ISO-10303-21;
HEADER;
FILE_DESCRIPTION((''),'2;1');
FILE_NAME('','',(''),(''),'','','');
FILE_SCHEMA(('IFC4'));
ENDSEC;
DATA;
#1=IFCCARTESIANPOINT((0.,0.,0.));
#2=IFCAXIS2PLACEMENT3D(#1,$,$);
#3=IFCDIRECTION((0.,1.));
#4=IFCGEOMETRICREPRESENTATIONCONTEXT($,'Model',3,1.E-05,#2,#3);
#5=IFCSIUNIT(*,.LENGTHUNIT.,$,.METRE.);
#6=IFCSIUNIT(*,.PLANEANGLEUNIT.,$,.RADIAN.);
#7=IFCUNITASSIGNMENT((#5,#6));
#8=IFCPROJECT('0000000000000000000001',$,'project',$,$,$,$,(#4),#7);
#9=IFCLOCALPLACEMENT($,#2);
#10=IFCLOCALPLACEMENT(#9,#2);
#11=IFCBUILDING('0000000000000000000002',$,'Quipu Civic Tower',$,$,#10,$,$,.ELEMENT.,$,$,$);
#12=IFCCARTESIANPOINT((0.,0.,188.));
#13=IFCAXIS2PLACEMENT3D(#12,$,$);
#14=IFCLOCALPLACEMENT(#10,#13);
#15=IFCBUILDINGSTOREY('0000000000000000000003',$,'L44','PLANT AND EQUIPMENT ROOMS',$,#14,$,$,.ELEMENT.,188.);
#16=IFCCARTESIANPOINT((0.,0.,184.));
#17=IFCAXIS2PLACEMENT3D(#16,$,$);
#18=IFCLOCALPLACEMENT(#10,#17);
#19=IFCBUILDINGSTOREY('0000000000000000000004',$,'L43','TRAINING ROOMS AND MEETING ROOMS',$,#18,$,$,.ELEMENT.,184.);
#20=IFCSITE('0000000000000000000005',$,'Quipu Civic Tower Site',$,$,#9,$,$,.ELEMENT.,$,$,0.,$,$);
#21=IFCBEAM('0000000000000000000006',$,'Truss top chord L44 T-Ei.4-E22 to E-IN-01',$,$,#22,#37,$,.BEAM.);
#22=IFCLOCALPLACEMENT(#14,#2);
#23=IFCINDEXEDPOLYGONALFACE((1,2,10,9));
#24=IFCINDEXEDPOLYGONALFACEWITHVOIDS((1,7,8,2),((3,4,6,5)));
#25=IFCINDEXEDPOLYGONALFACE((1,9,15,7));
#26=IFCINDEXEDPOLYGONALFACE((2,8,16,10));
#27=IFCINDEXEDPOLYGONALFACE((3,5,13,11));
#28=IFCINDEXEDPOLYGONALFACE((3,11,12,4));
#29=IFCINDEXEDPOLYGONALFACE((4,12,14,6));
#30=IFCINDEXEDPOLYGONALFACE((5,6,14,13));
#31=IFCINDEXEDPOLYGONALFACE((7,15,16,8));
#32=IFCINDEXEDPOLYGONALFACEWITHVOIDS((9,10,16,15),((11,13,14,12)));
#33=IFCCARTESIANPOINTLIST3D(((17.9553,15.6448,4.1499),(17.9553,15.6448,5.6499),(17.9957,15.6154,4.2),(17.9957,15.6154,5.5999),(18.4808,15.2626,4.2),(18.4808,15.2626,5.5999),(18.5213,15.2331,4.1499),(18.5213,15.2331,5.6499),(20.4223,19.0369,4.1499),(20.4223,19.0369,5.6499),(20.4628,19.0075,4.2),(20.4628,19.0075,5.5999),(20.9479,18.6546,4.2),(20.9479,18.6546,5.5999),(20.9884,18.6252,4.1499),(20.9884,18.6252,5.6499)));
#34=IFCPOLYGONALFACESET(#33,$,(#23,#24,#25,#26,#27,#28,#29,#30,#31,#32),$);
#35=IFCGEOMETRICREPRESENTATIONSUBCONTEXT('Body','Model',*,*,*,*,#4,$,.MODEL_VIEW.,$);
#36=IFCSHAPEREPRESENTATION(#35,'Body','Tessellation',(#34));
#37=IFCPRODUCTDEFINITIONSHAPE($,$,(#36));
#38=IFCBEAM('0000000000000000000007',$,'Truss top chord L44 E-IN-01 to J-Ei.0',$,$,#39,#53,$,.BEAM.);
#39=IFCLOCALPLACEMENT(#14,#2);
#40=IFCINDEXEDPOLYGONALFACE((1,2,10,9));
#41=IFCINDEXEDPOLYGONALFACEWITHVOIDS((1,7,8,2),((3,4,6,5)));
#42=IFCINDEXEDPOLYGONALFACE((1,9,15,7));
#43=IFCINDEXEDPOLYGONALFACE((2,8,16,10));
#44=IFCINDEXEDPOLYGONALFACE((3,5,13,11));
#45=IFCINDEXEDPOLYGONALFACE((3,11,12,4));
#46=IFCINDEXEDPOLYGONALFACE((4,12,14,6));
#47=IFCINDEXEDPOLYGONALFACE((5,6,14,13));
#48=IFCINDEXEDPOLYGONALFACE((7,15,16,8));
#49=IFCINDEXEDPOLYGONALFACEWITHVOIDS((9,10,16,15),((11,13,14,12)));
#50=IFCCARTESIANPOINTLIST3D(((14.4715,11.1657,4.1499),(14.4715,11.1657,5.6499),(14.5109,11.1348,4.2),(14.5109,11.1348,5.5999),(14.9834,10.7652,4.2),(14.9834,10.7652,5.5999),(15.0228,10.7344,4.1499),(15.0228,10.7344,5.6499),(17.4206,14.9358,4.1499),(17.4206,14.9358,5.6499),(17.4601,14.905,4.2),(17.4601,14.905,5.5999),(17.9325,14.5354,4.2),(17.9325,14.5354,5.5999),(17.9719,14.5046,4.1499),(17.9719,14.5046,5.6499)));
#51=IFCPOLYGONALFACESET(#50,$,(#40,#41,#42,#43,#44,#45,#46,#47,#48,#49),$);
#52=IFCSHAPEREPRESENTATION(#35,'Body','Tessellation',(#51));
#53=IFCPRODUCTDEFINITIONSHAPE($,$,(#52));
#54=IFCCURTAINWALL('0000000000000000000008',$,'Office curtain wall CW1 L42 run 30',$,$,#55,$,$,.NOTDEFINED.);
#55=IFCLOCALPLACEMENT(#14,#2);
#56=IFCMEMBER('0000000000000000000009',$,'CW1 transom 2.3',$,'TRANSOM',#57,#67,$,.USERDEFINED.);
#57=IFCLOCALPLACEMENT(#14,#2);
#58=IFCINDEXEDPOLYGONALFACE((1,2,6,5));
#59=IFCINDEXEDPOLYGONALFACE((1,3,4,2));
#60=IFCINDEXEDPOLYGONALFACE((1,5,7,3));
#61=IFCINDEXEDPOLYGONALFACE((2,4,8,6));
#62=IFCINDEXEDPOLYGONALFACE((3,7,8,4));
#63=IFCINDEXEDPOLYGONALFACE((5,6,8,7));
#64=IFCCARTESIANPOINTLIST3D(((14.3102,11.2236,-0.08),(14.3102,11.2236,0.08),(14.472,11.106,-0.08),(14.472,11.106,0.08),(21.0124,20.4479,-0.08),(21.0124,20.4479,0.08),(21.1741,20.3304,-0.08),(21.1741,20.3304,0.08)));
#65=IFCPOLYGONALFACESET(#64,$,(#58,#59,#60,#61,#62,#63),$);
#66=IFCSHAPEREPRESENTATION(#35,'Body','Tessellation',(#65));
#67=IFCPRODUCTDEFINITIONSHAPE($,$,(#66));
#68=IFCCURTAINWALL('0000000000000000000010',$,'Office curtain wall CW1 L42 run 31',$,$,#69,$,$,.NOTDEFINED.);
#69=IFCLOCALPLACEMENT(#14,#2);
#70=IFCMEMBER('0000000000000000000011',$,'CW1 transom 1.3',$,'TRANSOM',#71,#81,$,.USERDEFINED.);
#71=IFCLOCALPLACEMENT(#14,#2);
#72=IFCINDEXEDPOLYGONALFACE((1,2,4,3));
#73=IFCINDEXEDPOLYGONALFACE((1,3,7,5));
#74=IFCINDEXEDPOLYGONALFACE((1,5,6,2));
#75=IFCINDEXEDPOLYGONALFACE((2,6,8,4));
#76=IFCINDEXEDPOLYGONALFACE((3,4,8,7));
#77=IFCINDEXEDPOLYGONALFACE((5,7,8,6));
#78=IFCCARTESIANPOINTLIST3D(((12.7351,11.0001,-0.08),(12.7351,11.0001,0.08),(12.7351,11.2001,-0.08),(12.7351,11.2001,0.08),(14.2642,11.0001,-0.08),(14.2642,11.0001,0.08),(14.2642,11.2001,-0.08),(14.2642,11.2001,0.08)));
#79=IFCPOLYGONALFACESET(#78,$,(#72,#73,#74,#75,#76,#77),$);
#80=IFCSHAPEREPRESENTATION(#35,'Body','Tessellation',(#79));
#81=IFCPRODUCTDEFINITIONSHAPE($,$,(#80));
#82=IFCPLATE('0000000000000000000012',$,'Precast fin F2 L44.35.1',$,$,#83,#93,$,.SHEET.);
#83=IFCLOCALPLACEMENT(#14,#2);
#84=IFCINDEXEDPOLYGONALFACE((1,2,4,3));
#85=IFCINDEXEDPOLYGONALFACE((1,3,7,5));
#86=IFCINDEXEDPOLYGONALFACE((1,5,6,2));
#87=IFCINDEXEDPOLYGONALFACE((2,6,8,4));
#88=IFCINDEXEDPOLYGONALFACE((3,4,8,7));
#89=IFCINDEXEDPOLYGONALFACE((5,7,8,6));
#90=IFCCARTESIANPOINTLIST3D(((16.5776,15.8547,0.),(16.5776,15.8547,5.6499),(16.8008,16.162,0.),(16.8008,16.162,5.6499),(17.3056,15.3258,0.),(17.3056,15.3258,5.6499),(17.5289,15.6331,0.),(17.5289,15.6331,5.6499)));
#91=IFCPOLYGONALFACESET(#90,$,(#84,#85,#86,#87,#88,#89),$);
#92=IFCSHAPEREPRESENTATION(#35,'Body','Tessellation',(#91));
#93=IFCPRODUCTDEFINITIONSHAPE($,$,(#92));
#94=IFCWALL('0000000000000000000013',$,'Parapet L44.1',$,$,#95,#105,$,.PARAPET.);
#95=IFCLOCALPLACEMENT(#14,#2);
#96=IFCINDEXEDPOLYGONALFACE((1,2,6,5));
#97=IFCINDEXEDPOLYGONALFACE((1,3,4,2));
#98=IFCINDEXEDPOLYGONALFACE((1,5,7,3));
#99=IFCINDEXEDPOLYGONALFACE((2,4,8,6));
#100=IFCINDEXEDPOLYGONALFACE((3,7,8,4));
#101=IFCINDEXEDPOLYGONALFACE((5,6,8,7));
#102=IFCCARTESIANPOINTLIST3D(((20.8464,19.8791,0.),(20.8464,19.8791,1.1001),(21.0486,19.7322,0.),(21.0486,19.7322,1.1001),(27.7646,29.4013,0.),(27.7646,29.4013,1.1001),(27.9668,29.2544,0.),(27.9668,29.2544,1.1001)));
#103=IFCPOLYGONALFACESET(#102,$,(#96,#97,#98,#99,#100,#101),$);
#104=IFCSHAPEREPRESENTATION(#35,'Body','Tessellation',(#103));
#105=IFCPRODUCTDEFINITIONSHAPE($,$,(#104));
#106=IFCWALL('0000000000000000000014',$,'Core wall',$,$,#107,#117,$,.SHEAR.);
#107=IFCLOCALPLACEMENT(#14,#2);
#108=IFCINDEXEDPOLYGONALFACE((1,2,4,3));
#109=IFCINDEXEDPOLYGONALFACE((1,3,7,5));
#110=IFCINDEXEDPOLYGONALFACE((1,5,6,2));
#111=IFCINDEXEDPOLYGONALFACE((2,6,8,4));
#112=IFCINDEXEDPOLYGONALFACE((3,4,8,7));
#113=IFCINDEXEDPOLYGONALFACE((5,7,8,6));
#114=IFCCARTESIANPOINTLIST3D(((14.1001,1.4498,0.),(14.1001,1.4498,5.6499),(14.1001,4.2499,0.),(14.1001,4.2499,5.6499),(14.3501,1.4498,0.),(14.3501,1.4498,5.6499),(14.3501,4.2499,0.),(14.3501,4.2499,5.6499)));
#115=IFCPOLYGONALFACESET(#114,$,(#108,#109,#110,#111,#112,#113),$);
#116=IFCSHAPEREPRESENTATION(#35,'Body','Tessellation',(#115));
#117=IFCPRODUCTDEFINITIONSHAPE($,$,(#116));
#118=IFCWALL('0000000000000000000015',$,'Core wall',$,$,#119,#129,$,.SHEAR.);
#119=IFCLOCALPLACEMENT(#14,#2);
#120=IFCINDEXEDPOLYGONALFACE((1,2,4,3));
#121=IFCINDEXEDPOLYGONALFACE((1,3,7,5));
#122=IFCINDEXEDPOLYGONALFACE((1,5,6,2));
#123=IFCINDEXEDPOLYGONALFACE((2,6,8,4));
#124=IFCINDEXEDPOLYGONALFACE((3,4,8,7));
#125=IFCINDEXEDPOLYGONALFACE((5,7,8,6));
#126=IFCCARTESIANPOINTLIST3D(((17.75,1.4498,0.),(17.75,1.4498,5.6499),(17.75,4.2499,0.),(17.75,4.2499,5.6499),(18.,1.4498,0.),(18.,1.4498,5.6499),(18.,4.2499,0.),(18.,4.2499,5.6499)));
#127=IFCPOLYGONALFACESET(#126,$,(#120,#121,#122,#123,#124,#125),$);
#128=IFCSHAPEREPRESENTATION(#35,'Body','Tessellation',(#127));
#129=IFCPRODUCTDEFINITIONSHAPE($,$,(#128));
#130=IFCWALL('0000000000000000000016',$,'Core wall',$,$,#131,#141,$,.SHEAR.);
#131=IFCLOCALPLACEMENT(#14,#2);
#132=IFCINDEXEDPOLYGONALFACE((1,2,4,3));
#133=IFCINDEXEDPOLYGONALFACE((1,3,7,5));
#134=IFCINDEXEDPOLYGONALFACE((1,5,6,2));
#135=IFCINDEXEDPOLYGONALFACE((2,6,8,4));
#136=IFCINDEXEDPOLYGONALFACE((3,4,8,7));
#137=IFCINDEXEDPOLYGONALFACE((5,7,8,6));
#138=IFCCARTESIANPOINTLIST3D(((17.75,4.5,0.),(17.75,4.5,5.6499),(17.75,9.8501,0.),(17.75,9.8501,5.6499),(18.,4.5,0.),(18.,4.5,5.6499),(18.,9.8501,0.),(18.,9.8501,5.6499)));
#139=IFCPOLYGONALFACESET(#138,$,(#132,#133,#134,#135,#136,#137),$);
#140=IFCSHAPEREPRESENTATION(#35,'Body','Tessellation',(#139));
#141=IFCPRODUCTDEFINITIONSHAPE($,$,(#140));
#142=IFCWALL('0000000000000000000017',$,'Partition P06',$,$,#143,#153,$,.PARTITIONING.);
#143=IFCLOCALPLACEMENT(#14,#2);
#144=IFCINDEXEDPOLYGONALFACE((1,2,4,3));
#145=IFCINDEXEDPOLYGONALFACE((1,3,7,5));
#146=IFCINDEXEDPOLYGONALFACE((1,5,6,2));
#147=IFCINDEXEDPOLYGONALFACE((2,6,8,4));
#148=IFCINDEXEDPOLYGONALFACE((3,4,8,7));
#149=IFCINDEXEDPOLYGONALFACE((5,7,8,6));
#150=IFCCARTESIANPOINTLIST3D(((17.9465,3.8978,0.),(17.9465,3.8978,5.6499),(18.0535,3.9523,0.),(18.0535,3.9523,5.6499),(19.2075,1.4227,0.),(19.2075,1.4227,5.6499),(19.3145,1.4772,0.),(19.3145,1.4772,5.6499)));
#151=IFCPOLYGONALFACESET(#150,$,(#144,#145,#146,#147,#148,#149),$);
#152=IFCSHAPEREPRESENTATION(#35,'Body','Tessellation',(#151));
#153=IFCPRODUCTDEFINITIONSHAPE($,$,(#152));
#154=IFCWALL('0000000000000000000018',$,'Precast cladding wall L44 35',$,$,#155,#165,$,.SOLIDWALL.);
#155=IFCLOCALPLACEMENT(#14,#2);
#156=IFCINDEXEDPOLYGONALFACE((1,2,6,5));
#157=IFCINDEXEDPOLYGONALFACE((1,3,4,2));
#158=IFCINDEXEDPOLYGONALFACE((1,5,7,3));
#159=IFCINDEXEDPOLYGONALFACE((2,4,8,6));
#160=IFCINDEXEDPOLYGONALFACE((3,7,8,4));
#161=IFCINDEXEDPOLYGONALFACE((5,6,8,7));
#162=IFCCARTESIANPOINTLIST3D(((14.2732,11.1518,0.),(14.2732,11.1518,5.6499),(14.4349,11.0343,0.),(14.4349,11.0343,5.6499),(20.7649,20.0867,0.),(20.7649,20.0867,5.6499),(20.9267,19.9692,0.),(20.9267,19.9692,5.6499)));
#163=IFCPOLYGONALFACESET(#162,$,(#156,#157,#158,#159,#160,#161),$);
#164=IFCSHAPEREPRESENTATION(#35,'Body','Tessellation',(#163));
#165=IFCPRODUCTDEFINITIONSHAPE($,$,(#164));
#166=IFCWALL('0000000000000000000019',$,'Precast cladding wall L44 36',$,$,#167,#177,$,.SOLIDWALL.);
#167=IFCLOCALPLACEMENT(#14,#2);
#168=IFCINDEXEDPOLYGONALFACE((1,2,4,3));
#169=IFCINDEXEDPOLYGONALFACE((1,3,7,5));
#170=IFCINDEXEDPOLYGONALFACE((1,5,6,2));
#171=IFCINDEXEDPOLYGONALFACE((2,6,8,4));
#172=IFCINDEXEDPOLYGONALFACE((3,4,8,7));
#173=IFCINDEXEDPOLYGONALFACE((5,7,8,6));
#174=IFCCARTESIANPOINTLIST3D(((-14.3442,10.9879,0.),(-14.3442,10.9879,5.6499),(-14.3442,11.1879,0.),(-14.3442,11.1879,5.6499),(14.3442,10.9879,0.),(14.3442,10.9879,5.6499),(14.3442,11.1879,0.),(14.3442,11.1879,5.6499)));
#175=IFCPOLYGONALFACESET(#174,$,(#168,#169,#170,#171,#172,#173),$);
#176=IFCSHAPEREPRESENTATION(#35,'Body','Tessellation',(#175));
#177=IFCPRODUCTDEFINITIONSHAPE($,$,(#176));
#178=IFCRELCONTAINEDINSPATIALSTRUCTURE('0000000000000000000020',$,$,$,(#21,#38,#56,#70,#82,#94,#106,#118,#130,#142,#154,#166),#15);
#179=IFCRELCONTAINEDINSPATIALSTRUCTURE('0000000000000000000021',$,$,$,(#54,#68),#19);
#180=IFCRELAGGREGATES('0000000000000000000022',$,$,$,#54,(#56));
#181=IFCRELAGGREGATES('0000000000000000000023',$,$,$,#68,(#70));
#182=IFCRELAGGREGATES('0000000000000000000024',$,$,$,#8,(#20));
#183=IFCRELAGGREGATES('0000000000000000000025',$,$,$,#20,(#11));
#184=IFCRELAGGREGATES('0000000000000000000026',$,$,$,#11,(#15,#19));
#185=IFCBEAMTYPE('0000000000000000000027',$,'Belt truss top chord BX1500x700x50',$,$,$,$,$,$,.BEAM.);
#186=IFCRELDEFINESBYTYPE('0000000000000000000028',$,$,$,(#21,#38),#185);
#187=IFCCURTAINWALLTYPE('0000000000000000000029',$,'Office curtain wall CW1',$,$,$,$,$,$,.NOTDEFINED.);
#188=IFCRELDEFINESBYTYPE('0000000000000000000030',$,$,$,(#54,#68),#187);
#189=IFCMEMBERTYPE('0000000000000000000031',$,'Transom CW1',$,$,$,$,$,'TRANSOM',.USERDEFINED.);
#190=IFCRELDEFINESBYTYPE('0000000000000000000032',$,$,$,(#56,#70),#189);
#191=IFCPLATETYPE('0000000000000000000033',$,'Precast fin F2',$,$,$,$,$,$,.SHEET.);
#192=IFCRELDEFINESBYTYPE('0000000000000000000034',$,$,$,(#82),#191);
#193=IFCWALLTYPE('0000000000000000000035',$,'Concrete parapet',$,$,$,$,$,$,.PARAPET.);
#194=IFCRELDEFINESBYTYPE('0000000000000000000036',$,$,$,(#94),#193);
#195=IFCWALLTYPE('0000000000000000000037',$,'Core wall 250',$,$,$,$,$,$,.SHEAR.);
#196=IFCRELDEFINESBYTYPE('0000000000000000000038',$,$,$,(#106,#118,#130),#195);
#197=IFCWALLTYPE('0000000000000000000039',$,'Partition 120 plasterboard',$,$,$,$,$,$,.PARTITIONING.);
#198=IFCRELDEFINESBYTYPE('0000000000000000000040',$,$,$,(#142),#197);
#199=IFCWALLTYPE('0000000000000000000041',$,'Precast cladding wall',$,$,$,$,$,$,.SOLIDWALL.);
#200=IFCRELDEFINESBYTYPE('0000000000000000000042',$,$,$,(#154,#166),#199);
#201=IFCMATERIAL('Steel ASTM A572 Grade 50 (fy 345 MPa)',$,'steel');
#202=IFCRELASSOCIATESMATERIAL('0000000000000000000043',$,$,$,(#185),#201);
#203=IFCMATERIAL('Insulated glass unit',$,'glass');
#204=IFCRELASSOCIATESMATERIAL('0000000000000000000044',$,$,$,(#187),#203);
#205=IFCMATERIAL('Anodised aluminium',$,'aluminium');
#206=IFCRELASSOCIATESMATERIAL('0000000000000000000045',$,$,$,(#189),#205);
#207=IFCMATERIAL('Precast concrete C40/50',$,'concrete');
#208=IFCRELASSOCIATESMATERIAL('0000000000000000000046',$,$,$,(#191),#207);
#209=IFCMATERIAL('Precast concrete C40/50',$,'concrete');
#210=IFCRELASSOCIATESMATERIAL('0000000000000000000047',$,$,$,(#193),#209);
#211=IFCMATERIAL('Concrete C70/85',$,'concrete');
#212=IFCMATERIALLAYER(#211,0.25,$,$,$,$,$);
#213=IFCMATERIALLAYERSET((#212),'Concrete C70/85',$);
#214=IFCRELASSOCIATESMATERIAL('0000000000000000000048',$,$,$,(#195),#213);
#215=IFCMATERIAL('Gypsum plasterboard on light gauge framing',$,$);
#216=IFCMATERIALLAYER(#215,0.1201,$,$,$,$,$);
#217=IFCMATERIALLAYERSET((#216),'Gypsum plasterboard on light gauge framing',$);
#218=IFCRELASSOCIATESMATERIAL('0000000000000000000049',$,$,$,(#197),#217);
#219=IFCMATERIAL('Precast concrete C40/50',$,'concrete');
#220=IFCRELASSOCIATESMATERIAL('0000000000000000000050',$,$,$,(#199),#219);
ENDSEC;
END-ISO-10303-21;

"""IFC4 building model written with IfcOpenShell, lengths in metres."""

from ifc_helpers import new_model, si_unit, direction, frame, frame_2d, origin, origin_2d, place, context, subcontext, project, spatial, rectangle, hollow_rectangle, extrude, material, layer, layer_set, material_profile, profile_set, type_object, element, aggregate, save


model = new_model("IFC4")

# Units and contexts
model_context = context("Model", 3, precision=1e-05, world=origin(), true_north=direction((0.0, 1.0)))
body_context = subcontext(model_context, "Body", "Model", "MODEL_VIEW")
ifc_project = project(units=[si_unit("LENGTHUNIT", "METRE"), si_unit("PLANEANGLEUNIT", "RADIAN")], contexts=[model_context])

# Site, building, storey
site_placement = place(None, origin())
site = spatial("IfcSite", under=ifc_project, at=site_placement, Name="Quipu Civic Tower Site", CompositionType="ELEMENT", RefElevation=0.0)
building_placement = place(site_placement, origin())
building = spatial("IfcBuilding", under=site, at=building_placement, Name="Quipu Civic Tower", CompositionType="ELEMENT")
storey_1_placement = place(building_placement, frame((0.0, 0.0, 188.0)))
storey_1 = spatial("IfcBuildingStorey", under=building, at=storey_1_placement, Name="L44", Description="PLANT AND EQUIPMENT ROOMS", CompositionType="ELEMENT", Elevation=188.0)

# Beams
ifc_material_1 = material(Name="Steel ASTM A572 Grade 50 (fy 345 MPa)", Category="steel")
ifc_material_profile_1 = material_profile(ifc_material_1, hollow_rectangle(XDim=0.7, YDim=1.5, WallThickness=0.05, at=origin_2d()), Name="BX1500x700x50")
ifc_profile_set_1 = profile_set([ifc_material_profile_1], Name="Steel ASTM A572 Grade 50 (fy 345 MPa)")
beam_type_1 = type_object("IfcBeamType", Name="Belt truss top chord BX1500x700x50", PredefinedType="BEAM", material=ifc_profile_set_1)
beam_1_placement = place(storey_1_placement, frame((20.7053, 18.8311, 4.8999), z_axis=(-0.588182, -0.808729, 0.0), x_axis=(0.808729, -0.588182, 0.0)))
element("IfcBeam", 1, at=beam_1_placement, inside=storey_1, type_object=beam_type_1, Name="Truss top chord L44 T-Ei.4-E22 to E-IN-01", PredefinedType="BEAM", context=body_context, shape_type="SweptSolid", body=[
    extrude(hollow_rectangle(XDim=0.7, YDim=1.5, WallThickness=0.05, at=origin_2d()), origin(), (0.0, 0.0, 1.0), 4.1943),
])
beam_2_placement = place(storey_1_placement, frame((17.6963, 14.7202, 4.8999), z_axis=(-0.616124, -0.787649, 0.0), x_axis=(0.787649, -0.616124, 0.0)))
element("IfcBeam", 2, at=beam_2_placement, inside=storey_1, type_object=beam_type_1, Name="Truss top chord L44 E-IN-01 to J-Ei.0", PredefinedType="BEAM", context=body_context, shape_type="SweptSolid", body=[
    extrude(hollow_rectangle(XDim=0.7, YDim=1.5, WallThickness=0.05, at=origin_2d()), origin(), (0.0, 0.0, 1.0), 4.7866),
])

# Shared definitions
storey_2_placement = place(building_placement, frame((0.0, 0.0, 184.0)))
storey_2 = spatial("IfcBuildingStorey", under=building, at=storey_2_placement, Name="L43", Description="TRAINING ROOMS AND MEETING ROOMS", CompositionType="ELEMENT", Elevation=184.0)

# Curtain walls, members
ifc_material_2 = material(Name="Insulated glass unit", Category="glass")
curtain_wall_type = type_object("IfcCurtainWallType", Name="Office curtain wall CW1", PredefinedType="NOTDEFINED", material=ifc_material_2)
curtain_wall_1_placement = place(storey_2_placement, origin())
curtain_wall_1 = element("IfcCurtainWall", 3, at=curtain_wall_1_placement, inside=storey_2, type_object=curtain_wall_type, Name="Office curtain wall CW1 L42 run 30", PredefinedType="NOTDEFINED")
ifc_material_3 = material(Name="Anodised aluminium", Category="aluminium")
ifc_material_profile_2 = material_profile(ifc_material_3, rectangle(XDim=0.2, YDim=0.1599, at=origin_2d()), Name="RECT 200x160")
ifc_profile_set_2 = profile_set([ifc_material_profile_2], Name="Anodised aluminium")
member_type_1 = type_object("IfcMemberType", Name="Transom CW1", ElementType="TRANSOM", PredefinedType="USERDEFINED", material=ifc_profile_set_2)
member_1_placement = place(storey_1_placement, frame((21.0933, 20.3892, 0.0), z_axis=(-0.5878, -0.809006, 0.0), x_axis=(0.809006, -0.5878, 0.0)))
member_1 = element("IfcMember", 4, at=member_1_placement, inside=storey_1, type_object=member_type_1, Name="CW1 transom 2.3", ObjectType="TRANSOM", PredefinedType="USERDEFINED", context=body_context, shape_type="SweptSolid", body=[
    extrude(rectangle(XDim=0.2, YDim=0.1599, at=origin_2d()), origin(), (0.0, 0.0, 1.0), 11.4021),
])
aggregate(curtain_wall_1, [member_1])
curtain_wall_2_placement = place(storey_2_placement, origin())
curtain_wall_2 = element("IfcCurtainWall", 5, at=curtain_wall_2_placement, inside=storey_2, type_object=curtain_wall_type, Name="Office curtain wall CW1 L42 run 31", PredefinedType="NOTDEFINED")
member_2_placement = place(storey_1_placement, frame((14.2642, 11.1001, 0.0), z_axis=(-1.0, 0.0, 0.0), x_axis=(0.0, -1.0, 0.0)))
member_2 = element("IfcMember", 6, at=member_2_placement, inside=storey_1, type_object=member_type_1, Name="CW1 transom 1.3", ObjectType="TRANSOM", PredefinedType="USERDEFINED", context=body_context, shape_type="SweptSolid", body=[
    extrude(rectangle(XDim=0.2, YDim=0.1599, at=origin_2d()), origin(), (0.0, 0.0, 1.0), 1.5291),
])
aggregate(curtain_wall_2, [member_2])

# Plate
ifc_material_4 = material(Name="Precast concrete C40/50", Category="concrete")
plate_type = type_object("IfcPlateType", Name="Precast fin F2", PredefinedType="SHEET", material=ifc_material_4)
plate_placement = place(storey_1_placement, frame((17.0532, 15.7439, 0.0), z_axis=(0.0, 0.0, 1.0), x_axis=(-0.587784, -0.809018, 0.0)))
element("IfcPlate", 7, at=plate_placement, inside=storey_1, type_object=plate_type, Name="Precast fin F2 L44.35.1", PredefinedType="SHEET", context=body_context, shape_type="SweptSolid", body=[
    extrude(rectangle(XDim=0.3799, YDim=0.8999, at=origin_2d()), origin(), (0.0, 0.0, 1.0), 5.6499),
])

# Walls
ifc_material_5 = material(Name="Precast concrete C40/50", Category="concrete")
wall_type_1 = type_object("IfcWallType", Name="Concrete parapet", PredefinedType="PARAPET", material=ifc_material_5)
wall_1_placement = place(storey_1_placement, frame((20.9475, 19.8057, 0.0), z_axis=(0.0, 0.0, 1.0), x_axis=(0.587781, 0.80902, 0.0)))
element("IfcWall", 8, at=wall_1_placement, inside=storey_1, type_object=wall_type_1, Name="Parapet L44.1", PredefinedType="PARAPET", context=body_context, shape_type="SweptSolid", body=[
    extrude(rectangle(XDim=11.77, YDim=0.25, at=frame_2d((5.885, 0.0))), origin(), (0.0, 0.0, 1.0), 1.1001),
])
ifc_material_6 = material(Name="Concrete C70/85", Category="concrete")
ifc_layer_1 = layer(ifc_material_6, 0.25)
ifc_layer_set_1 = layer_set([ifc_layer_1], Name="Concrete C70/85")
wall_type_2 = type_object("IfcWallType", Name="Core wall 250", PredefinedType="SHEAR", material=ifc_layer_set_1)
for number, where, z_axis, x_axis, name in (
    (9, (14.2251, 1.45, 0.0), (0.0, 0.0, 1.0), (0.0, 1.0, 0.0), "Core wall"),
    (10, (17.875, 1.45, 0.0), (0.0, 0.0, 1.0), (0.0, 1.0, 0.0), "Core wall"),
):
    element("IfcWall", number, at=place(storey_1_placement, frame(where, z_axis=z_axis, x_axis=x_axis)), inside=storey_1, type_object=wall_type_2, Name=name, PredefinedType="SHEAR", context=body_context, shape_type="SweptSolid", body=[
        extrude(rectangle(XDim=2.8, YDim=0.25, at=frame_2d((1.3999, 0.0))), origin(), (0.0, 0.0, 1.0), 5.6499),
    ])
wall_2_placement = place(storey_1_placement, frame((17.875, 4.5, 0.0), z_axis=(0.0, 0.0, 1.0), x_axis=(0.0, 1.0, 0.0)))
element("IfcWall", 11, at=wall_2_placement, inside=storey_1, type_object=wall_type_2, Name="Core wall", PredefinedType="SHEAR", context=body_context, shape_type="SweptSolid", body=[
    extrude(rectangle(XDim=5.3501, YDim=0.25, at=frame_2d((2.675, 0.0))), origin(), (0.0, 0.0, 1.0), 5.6499),
])
ifc_material_7 = material(Name="Gypsum plasterboard on light gauge framing")
ifc_layer_2 = layer(ifc_material_7, 0.1201)
ifc_layer_set_2 = layer_set([ifc_layer_2], Name="Gypsum plasterboard on light gauge framing")
wall_type_3 = type_object("IfcWallType", Name="Partition 120 plasterboard", PredefinedType="PARTITIONING", material=ifc_layer_set_2)
wall_3_placement = place(storey_1_placement, frame((18.0, 3.925, 0.0), z_axis=(0.0, 0.0, 1.0), x_axis=(0.453951, -0.891027, 0.0)))
element("IfcWall", 12, at=wall_3_placement, inside=storey_1, type_object=wall_type_3, Name="Partition P06", PredefinedType="PARTITIONING", context=body_context, shape_type="SweptSolid", body=[
    extrude(rectangle(XDim=2.7778, YDim=0.1201, at=frame_2d((1.3889, 0.0))), origin(), (0.0, 0.0, 1.0), 5.6499),
])
ifc_material_8 = material(Name="Precast concrete C40/50", Category="concrete")
wall_type_4 = type_object("IfcWallType", Name="Precast cladding wall", PredefinedType="SOLIDWALL", material=ifc_material_8)
wall_4_placement = place(storey_1_placement, frame((20.8457, 20.0278, 0.0), z_axis=(0.0, 0.0, 1.0), x_axis=(-0.587796, -0.809009, 0.0)))
element("IfcWall", 13, at=wall_4_placement, inside=storey_1, type_object=wall_type_4, Name="Precast cladding wall L44 35", PredefinedType="SOLIDWALL", context=body_context, shape_type="SweptSolid", body=[
    extrude(rectangle(XDim=11.0442, YDim=0.2, at=frame_2d((5.522, 0.0))), origin(), (0.0, 0.0, 1.0), 5.6499),
])
wall_5_placement = place(storey_1_placement, frame((14.3442, 11.0879, 0.0), z_axis=(0.0, 0.0, 1.0), x_axis=(-1.0, 0.0, 0.0)))
element("IfcWall", 14, at=wall_5_placement, inside=storey_1, type_object=wall_type_4, Name="Precast cladding wall L44 36", PredefinedType="SOLIDWALL", context=body_context, shape_type="SweptSolid", body=[
    extrude(rectangle(XDim=28.6885, YDim=0.2, at=frame_2d((14.3442, 0.0))), origin(), (0.0, 0.0, 1.0), 5.6499),
])

save(model, "model.ifc")
